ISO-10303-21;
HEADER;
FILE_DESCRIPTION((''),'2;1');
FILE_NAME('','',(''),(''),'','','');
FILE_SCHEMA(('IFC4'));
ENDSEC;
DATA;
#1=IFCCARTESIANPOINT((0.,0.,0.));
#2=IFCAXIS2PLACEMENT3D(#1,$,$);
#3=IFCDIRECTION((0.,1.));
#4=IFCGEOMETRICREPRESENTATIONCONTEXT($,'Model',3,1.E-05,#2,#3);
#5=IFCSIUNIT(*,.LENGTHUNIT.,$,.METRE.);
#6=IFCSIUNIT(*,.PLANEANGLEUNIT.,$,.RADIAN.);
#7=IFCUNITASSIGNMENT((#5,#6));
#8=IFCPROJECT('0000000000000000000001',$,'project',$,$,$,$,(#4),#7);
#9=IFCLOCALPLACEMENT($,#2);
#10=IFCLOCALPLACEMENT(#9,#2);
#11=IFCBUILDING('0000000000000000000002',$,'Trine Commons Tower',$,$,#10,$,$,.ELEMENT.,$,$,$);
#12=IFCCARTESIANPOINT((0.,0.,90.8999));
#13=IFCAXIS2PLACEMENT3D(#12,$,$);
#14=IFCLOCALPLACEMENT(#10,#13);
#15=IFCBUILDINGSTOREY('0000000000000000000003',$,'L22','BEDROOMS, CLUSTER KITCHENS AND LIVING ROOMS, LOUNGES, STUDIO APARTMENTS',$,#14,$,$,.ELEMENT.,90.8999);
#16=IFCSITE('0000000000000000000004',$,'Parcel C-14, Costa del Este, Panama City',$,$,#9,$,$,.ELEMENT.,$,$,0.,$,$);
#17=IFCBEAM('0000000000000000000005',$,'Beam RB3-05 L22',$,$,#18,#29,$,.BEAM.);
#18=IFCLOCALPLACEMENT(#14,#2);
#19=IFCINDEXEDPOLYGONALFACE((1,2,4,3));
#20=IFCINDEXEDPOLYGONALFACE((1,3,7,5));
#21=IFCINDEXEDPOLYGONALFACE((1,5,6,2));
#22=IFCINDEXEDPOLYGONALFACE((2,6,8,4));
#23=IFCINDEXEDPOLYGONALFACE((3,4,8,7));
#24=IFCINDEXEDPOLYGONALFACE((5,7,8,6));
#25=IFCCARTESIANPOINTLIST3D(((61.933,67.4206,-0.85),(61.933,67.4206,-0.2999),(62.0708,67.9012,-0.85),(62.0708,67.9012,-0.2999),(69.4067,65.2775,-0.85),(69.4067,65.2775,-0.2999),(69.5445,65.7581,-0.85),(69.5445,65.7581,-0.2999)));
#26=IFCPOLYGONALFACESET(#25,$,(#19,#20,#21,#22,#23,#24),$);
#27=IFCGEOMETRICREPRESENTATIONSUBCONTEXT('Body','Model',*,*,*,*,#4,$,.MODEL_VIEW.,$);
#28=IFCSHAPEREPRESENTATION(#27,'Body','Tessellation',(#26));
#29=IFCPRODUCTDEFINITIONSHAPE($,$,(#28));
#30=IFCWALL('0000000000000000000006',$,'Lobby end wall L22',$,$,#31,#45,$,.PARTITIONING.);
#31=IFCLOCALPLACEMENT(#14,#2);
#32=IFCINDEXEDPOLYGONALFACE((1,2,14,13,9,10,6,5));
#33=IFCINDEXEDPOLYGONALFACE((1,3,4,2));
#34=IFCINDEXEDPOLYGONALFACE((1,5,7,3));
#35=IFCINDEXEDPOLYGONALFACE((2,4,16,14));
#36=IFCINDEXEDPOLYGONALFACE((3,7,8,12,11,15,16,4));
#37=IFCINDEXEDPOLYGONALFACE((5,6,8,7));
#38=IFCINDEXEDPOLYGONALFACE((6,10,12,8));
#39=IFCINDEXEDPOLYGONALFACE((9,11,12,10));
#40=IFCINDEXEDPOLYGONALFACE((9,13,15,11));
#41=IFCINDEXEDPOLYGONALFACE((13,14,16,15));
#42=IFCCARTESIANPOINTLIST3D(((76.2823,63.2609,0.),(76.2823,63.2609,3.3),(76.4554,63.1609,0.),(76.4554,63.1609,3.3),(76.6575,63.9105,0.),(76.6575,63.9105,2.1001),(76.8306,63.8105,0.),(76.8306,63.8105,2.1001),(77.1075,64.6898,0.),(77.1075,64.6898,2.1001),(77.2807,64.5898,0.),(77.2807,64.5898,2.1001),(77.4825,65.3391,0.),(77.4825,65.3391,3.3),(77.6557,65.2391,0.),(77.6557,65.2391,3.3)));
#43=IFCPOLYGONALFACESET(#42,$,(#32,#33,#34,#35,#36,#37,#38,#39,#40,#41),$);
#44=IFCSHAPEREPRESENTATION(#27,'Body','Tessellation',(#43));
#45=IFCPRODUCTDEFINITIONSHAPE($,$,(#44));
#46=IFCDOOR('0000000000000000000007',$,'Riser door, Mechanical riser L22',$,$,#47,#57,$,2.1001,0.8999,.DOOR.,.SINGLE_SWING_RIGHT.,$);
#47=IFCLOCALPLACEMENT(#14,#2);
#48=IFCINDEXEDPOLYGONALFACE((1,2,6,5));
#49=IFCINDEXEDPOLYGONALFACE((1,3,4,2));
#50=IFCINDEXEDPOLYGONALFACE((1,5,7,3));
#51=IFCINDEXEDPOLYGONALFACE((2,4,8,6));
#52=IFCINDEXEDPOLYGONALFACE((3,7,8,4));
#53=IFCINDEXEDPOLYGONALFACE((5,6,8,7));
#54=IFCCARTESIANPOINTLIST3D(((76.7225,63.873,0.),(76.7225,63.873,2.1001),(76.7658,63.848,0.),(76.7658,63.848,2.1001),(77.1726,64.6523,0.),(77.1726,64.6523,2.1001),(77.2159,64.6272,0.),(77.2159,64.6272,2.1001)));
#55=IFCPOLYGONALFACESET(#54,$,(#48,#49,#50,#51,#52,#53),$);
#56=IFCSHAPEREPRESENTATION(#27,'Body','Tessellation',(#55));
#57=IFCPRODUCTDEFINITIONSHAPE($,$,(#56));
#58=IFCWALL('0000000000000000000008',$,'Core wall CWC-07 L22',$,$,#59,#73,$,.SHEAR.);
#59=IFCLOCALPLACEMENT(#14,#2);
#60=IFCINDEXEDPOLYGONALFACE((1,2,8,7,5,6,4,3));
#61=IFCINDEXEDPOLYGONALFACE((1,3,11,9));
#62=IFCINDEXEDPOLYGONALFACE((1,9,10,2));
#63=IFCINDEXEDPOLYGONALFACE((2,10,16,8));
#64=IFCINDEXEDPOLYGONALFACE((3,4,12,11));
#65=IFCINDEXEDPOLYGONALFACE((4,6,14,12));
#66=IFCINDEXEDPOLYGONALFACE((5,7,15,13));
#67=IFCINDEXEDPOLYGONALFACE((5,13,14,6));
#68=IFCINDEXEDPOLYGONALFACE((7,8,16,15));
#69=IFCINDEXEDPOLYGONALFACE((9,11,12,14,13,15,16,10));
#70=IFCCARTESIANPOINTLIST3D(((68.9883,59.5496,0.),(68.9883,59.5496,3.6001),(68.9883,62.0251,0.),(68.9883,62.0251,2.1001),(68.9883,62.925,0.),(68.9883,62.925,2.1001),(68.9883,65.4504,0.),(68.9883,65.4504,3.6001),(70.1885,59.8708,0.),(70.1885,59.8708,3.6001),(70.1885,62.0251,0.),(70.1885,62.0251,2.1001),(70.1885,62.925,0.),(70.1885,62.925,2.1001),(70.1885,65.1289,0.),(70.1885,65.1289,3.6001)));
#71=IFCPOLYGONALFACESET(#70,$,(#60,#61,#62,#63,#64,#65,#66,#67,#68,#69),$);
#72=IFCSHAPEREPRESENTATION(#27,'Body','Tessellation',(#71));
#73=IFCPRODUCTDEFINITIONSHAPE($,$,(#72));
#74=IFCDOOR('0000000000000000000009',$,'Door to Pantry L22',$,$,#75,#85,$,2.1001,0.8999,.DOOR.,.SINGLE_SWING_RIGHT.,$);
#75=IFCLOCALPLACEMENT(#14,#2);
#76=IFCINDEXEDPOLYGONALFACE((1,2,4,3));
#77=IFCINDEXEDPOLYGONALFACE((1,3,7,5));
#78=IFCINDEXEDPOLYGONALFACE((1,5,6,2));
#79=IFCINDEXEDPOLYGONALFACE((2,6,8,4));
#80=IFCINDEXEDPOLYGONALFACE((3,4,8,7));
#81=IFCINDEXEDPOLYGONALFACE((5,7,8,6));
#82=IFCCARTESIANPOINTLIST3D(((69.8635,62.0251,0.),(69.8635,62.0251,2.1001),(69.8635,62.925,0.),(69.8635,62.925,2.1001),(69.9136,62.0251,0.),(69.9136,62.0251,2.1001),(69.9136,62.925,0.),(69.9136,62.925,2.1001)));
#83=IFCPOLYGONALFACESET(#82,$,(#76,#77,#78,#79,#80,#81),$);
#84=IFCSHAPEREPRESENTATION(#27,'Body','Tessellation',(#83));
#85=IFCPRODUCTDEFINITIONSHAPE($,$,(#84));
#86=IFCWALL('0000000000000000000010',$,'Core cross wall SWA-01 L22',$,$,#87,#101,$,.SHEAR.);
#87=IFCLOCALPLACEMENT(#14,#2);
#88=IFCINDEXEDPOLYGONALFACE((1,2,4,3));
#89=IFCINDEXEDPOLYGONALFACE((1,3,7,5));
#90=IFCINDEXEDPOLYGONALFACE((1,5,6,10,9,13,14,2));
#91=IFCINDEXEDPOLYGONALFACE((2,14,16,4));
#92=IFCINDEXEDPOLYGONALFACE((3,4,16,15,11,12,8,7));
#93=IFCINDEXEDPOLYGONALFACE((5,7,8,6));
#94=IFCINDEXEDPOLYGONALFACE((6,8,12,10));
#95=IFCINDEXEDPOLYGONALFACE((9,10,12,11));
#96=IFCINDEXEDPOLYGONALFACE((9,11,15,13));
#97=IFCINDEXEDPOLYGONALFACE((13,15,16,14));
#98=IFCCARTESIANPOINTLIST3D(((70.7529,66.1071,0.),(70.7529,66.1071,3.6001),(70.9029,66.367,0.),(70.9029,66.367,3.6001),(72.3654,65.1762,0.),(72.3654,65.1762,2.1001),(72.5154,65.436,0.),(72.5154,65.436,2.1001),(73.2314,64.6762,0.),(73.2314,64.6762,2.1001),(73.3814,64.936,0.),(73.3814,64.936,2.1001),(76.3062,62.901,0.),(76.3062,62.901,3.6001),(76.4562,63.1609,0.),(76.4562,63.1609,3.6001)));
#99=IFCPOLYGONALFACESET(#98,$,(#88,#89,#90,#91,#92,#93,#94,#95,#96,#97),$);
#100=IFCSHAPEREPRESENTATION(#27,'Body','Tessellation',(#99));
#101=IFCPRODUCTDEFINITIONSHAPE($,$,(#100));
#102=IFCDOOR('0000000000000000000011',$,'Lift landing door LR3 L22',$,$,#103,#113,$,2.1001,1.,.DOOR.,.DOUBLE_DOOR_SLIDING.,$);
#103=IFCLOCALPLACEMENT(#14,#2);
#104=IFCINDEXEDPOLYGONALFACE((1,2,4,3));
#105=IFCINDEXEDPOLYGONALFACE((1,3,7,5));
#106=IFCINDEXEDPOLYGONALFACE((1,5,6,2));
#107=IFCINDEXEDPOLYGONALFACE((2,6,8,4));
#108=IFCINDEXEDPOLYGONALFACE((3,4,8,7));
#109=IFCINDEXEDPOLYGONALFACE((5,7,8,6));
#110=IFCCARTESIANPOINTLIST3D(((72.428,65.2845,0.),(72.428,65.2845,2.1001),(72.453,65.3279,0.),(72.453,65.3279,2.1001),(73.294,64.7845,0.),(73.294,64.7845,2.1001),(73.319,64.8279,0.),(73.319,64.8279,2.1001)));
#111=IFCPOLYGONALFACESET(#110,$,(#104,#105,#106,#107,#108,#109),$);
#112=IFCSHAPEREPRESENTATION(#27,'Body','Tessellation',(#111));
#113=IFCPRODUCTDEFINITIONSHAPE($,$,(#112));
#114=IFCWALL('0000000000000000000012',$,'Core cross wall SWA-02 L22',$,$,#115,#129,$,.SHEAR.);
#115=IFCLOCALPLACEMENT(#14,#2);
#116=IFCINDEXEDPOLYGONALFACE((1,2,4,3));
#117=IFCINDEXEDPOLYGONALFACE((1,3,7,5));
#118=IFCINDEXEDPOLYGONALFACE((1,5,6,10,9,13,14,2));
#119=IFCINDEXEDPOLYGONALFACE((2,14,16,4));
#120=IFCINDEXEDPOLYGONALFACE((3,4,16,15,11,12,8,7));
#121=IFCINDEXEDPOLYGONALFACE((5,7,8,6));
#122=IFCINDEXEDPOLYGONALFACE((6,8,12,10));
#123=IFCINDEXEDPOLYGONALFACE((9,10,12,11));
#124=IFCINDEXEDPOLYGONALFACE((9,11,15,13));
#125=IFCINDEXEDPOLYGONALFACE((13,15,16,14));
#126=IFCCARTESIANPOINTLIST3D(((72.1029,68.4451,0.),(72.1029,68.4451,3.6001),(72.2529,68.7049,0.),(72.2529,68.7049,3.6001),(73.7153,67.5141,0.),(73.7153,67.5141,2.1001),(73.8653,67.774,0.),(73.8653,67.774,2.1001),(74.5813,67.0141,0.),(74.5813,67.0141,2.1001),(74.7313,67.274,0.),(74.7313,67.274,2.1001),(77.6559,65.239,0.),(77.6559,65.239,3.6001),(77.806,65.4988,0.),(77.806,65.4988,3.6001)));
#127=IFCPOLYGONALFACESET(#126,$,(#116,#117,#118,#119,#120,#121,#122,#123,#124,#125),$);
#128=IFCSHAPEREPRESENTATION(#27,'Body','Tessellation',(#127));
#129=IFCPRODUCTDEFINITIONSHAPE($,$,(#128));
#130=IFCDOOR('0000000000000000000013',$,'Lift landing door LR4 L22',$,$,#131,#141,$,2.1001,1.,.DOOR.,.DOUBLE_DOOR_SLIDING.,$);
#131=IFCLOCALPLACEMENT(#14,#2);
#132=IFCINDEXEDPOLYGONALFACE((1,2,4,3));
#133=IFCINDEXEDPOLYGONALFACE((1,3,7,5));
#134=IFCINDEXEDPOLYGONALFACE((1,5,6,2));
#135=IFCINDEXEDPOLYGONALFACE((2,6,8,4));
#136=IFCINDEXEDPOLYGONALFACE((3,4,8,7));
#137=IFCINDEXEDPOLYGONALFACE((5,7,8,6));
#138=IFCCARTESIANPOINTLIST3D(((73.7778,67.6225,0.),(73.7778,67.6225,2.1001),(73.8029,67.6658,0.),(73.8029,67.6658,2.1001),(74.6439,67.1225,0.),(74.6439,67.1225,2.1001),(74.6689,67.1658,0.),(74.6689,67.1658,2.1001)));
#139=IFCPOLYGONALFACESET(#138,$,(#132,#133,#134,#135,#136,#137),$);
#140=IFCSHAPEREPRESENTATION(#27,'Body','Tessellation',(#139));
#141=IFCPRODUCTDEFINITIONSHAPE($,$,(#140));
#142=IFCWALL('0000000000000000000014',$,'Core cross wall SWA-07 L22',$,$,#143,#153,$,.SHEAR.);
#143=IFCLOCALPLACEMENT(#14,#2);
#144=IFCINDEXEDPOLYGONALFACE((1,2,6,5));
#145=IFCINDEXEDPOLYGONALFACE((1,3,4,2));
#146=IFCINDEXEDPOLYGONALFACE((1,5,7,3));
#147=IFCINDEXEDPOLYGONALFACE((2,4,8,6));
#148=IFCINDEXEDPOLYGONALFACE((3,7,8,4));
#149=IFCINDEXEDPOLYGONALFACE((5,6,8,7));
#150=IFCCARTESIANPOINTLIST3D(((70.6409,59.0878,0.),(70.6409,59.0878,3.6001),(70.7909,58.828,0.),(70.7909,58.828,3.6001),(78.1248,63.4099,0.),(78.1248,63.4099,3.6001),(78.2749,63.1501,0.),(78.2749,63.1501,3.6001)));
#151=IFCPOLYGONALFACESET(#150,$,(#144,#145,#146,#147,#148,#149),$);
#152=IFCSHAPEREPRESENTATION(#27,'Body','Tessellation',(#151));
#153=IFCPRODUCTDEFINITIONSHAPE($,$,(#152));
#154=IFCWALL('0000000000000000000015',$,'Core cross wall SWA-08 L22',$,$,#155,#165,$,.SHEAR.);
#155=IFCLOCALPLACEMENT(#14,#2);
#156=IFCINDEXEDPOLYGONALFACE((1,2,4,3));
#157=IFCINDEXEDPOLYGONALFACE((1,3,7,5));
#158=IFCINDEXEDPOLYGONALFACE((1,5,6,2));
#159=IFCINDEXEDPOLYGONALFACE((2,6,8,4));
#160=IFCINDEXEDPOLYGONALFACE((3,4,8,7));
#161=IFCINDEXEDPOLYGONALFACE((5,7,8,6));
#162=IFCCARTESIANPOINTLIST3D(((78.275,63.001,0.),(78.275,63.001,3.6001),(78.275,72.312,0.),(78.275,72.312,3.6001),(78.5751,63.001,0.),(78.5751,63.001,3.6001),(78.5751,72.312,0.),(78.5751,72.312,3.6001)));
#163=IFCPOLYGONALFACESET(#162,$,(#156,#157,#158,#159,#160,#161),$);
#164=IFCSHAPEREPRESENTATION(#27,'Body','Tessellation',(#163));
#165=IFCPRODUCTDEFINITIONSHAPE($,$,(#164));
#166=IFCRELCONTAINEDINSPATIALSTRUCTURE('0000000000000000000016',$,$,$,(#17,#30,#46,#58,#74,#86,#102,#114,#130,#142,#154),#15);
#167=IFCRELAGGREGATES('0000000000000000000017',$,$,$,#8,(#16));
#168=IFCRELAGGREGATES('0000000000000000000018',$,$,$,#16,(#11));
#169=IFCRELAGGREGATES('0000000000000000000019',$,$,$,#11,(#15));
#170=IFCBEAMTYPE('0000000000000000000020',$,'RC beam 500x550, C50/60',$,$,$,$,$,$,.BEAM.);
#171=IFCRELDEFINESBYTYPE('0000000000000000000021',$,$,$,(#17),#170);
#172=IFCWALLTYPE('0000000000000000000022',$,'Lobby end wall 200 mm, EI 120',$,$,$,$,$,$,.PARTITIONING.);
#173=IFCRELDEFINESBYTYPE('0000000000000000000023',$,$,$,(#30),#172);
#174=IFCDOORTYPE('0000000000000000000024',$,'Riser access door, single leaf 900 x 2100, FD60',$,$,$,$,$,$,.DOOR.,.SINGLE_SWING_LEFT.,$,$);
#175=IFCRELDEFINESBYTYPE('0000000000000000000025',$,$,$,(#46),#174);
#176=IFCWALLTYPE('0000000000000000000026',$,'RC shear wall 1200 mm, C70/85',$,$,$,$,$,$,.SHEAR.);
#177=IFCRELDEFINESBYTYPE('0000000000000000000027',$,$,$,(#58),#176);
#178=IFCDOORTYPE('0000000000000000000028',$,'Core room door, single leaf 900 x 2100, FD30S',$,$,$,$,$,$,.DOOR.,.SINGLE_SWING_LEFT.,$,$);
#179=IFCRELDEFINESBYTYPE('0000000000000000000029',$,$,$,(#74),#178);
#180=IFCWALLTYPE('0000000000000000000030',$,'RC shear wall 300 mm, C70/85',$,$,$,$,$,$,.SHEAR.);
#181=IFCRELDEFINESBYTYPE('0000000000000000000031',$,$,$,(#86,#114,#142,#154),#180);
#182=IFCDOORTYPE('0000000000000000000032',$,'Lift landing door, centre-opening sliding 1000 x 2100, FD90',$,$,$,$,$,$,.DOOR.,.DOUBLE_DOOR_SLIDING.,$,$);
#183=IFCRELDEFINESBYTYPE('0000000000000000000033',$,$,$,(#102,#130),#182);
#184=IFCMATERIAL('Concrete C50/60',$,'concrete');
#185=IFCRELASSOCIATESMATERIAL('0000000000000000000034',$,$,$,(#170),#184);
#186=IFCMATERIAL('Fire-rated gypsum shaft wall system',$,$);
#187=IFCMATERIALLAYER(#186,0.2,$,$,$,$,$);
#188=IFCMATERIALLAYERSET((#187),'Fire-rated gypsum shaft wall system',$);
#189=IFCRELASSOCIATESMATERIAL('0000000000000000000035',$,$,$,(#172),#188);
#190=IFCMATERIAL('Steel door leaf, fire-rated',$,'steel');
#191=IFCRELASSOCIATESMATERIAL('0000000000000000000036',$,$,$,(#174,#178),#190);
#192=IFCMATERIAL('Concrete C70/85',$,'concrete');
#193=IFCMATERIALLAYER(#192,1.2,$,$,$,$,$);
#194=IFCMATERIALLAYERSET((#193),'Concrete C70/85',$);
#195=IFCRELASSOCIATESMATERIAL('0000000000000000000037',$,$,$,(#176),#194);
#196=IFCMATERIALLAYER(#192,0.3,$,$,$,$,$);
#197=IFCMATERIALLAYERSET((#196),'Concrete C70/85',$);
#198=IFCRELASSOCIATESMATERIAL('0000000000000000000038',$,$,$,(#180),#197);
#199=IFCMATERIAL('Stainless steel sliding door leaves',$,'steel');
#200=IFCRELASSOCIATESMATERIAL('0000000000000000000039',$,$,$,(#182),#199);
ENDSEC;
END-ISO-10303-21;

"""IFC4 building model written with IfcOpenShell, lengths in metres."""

from ifc_helpers import new_model, si_unit, direction, frame, frame_2d, origin, origin_2d, place, context, subcontext, project, spatial, polyline, rectangle, outline, extrude, material, layer, layer_set, material_profile, profile_set, type_object, element, fill, save


model = new_model("IFC4")

# Units and contexts
model_context = context("Model", 3, precision=1e-05, world=origin(), true_north=direction((0.0, 1.0)))
body_context = subcontext(model_context, "Body", "Model", "MODEL_VIEW")
ifc_project = project(units=[si_unit("LENGTHUNIT", "METRE"), si_unit("PLANEANGLEUNIT", "RADIAN")], contexts=[model_context])

# Site, building, storey
site_placement = place(None, origin())
site = spatial("IfcSite", under=ifc_project, at=site_placement, Name="Parcel C-14, Costa del Este, Panama City", CompositionType="ELEMENT", RefElevation=0.0)
building_placement = place(site_placement, origin())
building = spatial("IfcBuilding", under=site, at=building_placement, Name="Trine Commons Tower", CompositionType="ELEMENT")
storey_placement = place(building_placement, frame((0.0, 0.0, 90.8999)))
storey = spatial("IfcBuildingStorey", under=building, at=storey_placement, Name="L22", Description="BEDROOMS, CLUSTER KITCHENS AND LIVING ROOMS, LOUNGES, STUDIO APARTMENTS", CompositionType="ELEMENT", Elevation=90.8999)

# Beam
ifc_material_1 = material(Name="Concrete C50/60", Category="concrete")
ifc_material_profile = material_profile(ifc_material_1, rectangle(XDim=0.5, YDim=0.55, at=origin_2d()), Name="RC 500x550")
ifc_profile_set = profile_set([ifc_material_profile], Name="Concrete C50/60")
beam_type = type_object("IfcBeamType", Name="RC beam 500x550, C50/60", PredefinedType="BEAM", material=ifc_profile_set)
beam_placement = place(storey_placement, frame((69.4756, 65.5178, -0.575), z_axis=(-0.96126, 0.275642, 0.0), x_axis=(-0.275642, -0.96126, 0.0)))
element("IfcBeam", 1, at=beam_placement, inside=storey, type_object=beam_type, Name="Beam RB3-05 L22", PredefinedType="BEAM", context=body_context, shape_type="SweptSolid", body=[
    extrude(rectangle(XDim=0.5, YDim=0.55, at=origin_2d()), origin(), (0.0, 0.0, 1.0), 7.7749),
])

# Walls, openings, doors
ifc_material_2 = material(Name="Fire-rated gypsum shaft wall system")
ifc_layer_1 = layer(ifc_material_2, 0.2)
ifc_layer_set_1 = layer_set([ifc_layer_1], Name="Fire-rated gypsum shaft wall system")
wall_type_1 = type_object("IfcWallType", Name="Lobby end wall 200 mm, EI 120", PredefinedType="PARTITIONING", material=ifc_layer_set_1)
wall_1_placement = place(storey_placement, frame((77.5691, 65.2891, 0.0), z_axis=(0.0, 0.0, 1.0), x_axis=(-0.500122, -0.865955, 0.0)))
wall_1 = element("IfcWall", 2, at=wall_1_placement, inside=storey, type_object=wall_type_1, Name="Lobby end wall L22", PredefinedType="PARTITIONING", context=body_context, shape_type="SweptSolid", body=[
    extrude(rectangle(XDim=2.3999, YDim=0.2, at=frame_2d((1.2, 0.0))), origin(), (0.0, 0.0, 1.0), 3.3),
])
opening_1_placement = place(wall_1_placement, frame((0.7498, 0.0, 0.0)))
opening_1 = element("IfcOpeningElement", 3, at=opening_1_placement, cuts=wall_1, PredefinedType="OPENING", context=body_context, shape_type="SweptSolid", body=[
    extrude(rectangle(XDim=0.8999, YDim=2.1001, at=frame_2d((0.45, 1.05))), frame((0.0, 0.1099, 0.0), z_axis=(0.0, -1.0, 0.0), x_axis=(1.0, 0.0, 0.0)), (0.0, 0.0, 1.0), 0.22),
])
ifc_material_3 = material(Name="Steel door leaf, fire-rated", Category="steel")
door_type_1 = type_object("IfcDoorType", Name="Riser access door, single leaf 900 x 2100, FD60", OperationType="SINGLE_SWING_LEFT", PredefinedType="DOOR", material=ifc_material_3)
door_1_placement = place(opening_1_placement, frame((0.8999, 0.0, 0.0), z_axis=(0.0, 0.0, 1.0), x_axis=(-1.0, 0.0, 0.0)))
door_1 = element("IfcDoor", 4, at=door_1_placement, inside=storey, type_object=door_type_1, Name="Riser door, Mechanical riser L22", OperationType="SINGLE_SWING_RIGHT", OverallHeight=2.1001, OverallWidth=0.8999, PredefinedType="DOOR", context=body_context, shape_type="SweptSolid", body=[
    extrude(rectangle(XDim=0.8999, YDim=2.1001, at=frame_2d((0.45, 1.05))), frame((0.0, 0.0249, 0.0), z_axis=(0.0, -1.0, 0.0), x_axis=(1.0, 0.0, 0.0)), (0.0, 0.0, 1.0), 0.05),
])
fill(opening_1, door_1)
ifc_material_4 = material(Name="Concrete C70/85", Category="concrete")
ifc_layer_2 = layer(ifc_material_4, 1.2)
ifc_layer_set_2 = layer_set([ifc_layer_2], Name="Concrete C70/85")
wall_type_2 = type_object("IfcWallType", Name="RC shear wall 1200 mm, C70/85", PredefinedType="SHEAR", material=ifc_layer_set_2)
wall_2_placement = place(storey_placement, frame((69.5884, 65.4504, 0.0), z_axis=(0.0, 0.0, 1.0), x_axis=(0.0, -1.0, 0.0)))
wall_2 = element("IfcWall", 5, at=wall_2_placement, inside=storey, type_object=wall_type_2, Name="Core wall CWC-07 L22", PredefinedType="SHEAR", context=body_context, shape_type="SweptSolid", body=[
    extrude(outline(polyline([(0.0, -0.6001), (5.9009, -0.6001), (5.5796, 0.6001), (0.3215, 0.6001), (0.0, -0.6001)])), origin(), (0.0, 0.0, 1.0), 3.6001),
])
opening_2_placement = place(wall_2_placement, frame((2.5254, 0.0, 0.0)))
opening_2 = element("IfcOpeningElement", 6, at=opening_2_placement, cuts=wall_2, PredefinedType="OPENING", context=body_context, shape_type="SweptSolid", body=[
    extrude(rectangle(XDim=0.8999, YDim=2.1001, at=frame_2d((0.45, 1.05))), frame((0.0, 0.6099, 0.0), z_axis=(0.0, -1.0, 0.0), x_axis=(1.0, 0.0, 0.0)), (0.0, 0.0, 1.0), 1.22),
])
door_type_2 = type_object("IfcDoorType", Name="Core room door, single leaf 900 x 2100, FD30S", OperationType="SINGLE_SWING_LEFT", PredefinedType="DOOR", material=ifc_material_3)
door_2_placement = place(opening_2_placement, origin())
door_2 = element("IfcDoor", 7, at=door_2_placement, inside=storey, type_object=door_type_2, Name="Door to Pantry L22", OperationType="SINGLE_SWING_RIGHT", OverallHeight=2.1001, OverallWidth=0.8999, PredefinedType="DOOR", context=body_context, shape_type="SweptSolid", body=[
    extrude(rectangle(XDim=0.8999, YDim=2.1001, at=frame_2d((0.45, 1.05))), frame((0.0, 0.3252, 0.0), z_axis=(0.0, -1.0, 0.0), x_axis=(1.0, 0.0, 0.0)), (0.0, 0.0, 1.0), 0.05),
])
fill(opening_2, door_2)
ifc_layer_3 = layer(ifc_material_4, 0.3)
ifc_layer_set_3 = layer_set([ifc_layer_3], Name="Concrete C70/85")
wall_type_3 = type_object("IfcWallType", Name="RC shear wall 300 mm, C70/85", PredefinedType="SHEAR", material=ifc_layer_set_3)
wall_3_placement = place(storey_placement, frame((76.3811, 63.031, 0.0), z_axis=(0.0, 0.0, 1.0), x_axis=(-0.866032, 0.499988, 0.0)))
wall_3 = element("IfcWall", 8, at=wall_3_placement, inside=storey, type_object=wall_type_3, Name="Core cross wall SWA-01 L22", PredefinedType="SHEAR", context=body_context, shape_type="SweptSolid", body=[
    extrude(rectangle(XDim=6.4124, YDim=0.3, at=frame_2d((3.2061, 0.0))), origin(), (0.0, 0.0, 1.0), 3.6001),
])
opening_3_placement = place(wall_3_placement, frame((3.5503, 0.0, 0.0)))
opening_3 = element("IfcOpeningElement", 9, at=opening_3_placement, cuts=wall_3, PredefinedType="OPENING", context=body_context, shape_type="SweptSolid", body=[
    extrude(rectangle(XDim=1.0, YDim=2.1001, at=frame_2d((0.5, 1.05))), frame((0.0, 0.1599, 0.0), z_axis=(0.0, -1.0, 0.0), x_axis=(1.0, 0.0, 0.0)), (0.0, 0.0, 1.0), 0.3201),
])
ifc_material_5 = material(Name="Stainless steel sliding door leaves", Category="steel")
door_type_3 = type_object("IfcDoorType", Name="Lift landing door, centre-opening sliding 1000 x 2100, FD90", OperationType="DOUBLE_DOOR_SLIDING", PredefinedType="DOOR", material=ifc_material_5)
door_3_placement = place(opening_3_placement, origin())
door_3 = element("IfcDoor", 10, at=door_3_placement, inside=storey, type_object=door_type_3, Name="Lift landing door LR3 L22", OperationType="DOUBLE_DOOR_SLIDING", OverallHeight=2.1001, OverallWidth=1.0, PredefinedType="DOOR", context=body_context, shape_type="SweptSolid", body=[
    extrude(rectangle(XDim=1.0, YDim=2.1001, at=frame_2d((0.5, 1.05))), frame((0.0, 0.0249, 0.0), z_axis=(0.0, -1.0, 0.0), x_axis=(1.0, 0.0, 0.0)), (0.0, 0.0, 1.0), 0.05),
])
fill(opening_3, door_3)
wall_4_placement = place(storey_placement, frame((77.731, 65.3689, 0.0), z_axis=(0.0, 0.0, 1.0), x_axis=(-0.866023, 0.500005, 0.0)))
wall_4 = element("IfcWall", 11, at=wall_4_placement, inside=storey, type_object=wall_type_3, Name="Core cross wall SWA-02 L22", PredefinedType="SHEAR", context=body_context, shape_type="SweptSolid", body=[
    extrude(rectangle(XDim=6.4121, YDim=0.3, at=frame_2d((3.2061, 0.0))), origin(), (0.0, 0.0, 1.0), 3.6001),
])
opening_4_placement = place(wall_4_placement, frame((3.5503, 0.0, 0.0)))
opening_4 = element("IfcOpeningElement", 12, at=opening_4_placement, cuts=wall_4, PredefinedType="OPENING", context=body_context, shape_type="SweptSolid", body=[
    extrude(rectangle(XDim=1.0, YDim=2.1001, at=frame_2d((0.5, 1.05))), frame((0.0, 0.1599, 0.0), z_axis=(0.0, -1.0, 0.0), x_axis=(1.0, 0.0, 0.0)), (0.0, 0.0, 1.0), 0.3201),
])
door_4_placement = place(opening_4_placement, origin())
door_4 = element("IfcDoor", 13, at=door_4_placement, inside=storey, type_object=door_type_3, Name="Lift landing door LR4 L22", OperationType="DOUBLE_DOOR_SLIDING", OverallHeight=2.1001, OverallWidth=1.0, PredefinedType="DOOR", context=body_context, shape_type="SweptSolid", body=[
    extrude(rectangle(XDim=1.0, YDim=2.1001, at=frame_2d((0.5, 1.05))), frame((0.0, 0.0249, 0.0), z_axis=(0.0, -1.0, 0.0), x_axis=(1.0, 0.0, 0.0)), (0.0, 0.0, 1.0), 0.05),
])
fill(opening_4, door_4)

# Walls
wall_5_placement = place(storey_placement, frame((78.2, 63.28, 0.0), z_axis=(0.0, 0.0, 1.0), x_axis=(-0.865965, -0.500104, 0.0)))
element("IfcWall", 14, at=wall_5_placement, inside=storey, type_object=wall_type_3, Name="Core cross wall SWA-07 L22", PredefinedType="SHEAR", context=body_context, shape_type="SweptSolid", body=[
    extrude(rectangle(XDim=8.6423, YDim=0.3, at=frame_2d((4.3213, 0.0))), origin(), (0.0, 0.0, 1.0), 3.6001),
])
wall_6_placement = place(storey_placement, frame((78.425, 63.001, 0.0), z_axis=(0.0, 0.0, 1.0), x_axis=(0.0, 1.0, 0.0)))
element("IfcWall", 15, at=wall_6_placement, inside=storey, type_object=wall_type_3, Name="Core cross wall SWA-08 L22", PredefinedType="SHEAR", context=body_context, shape_type="SweptSolid", body=[
    extrude(rectangle(XDim=9.311, YDim=0.3, at=frame_2d((4.6555, 0.0))), origin(), (0.0, 0.0, 1.0), 3.6001),
])

save(model, "model.ifc")
